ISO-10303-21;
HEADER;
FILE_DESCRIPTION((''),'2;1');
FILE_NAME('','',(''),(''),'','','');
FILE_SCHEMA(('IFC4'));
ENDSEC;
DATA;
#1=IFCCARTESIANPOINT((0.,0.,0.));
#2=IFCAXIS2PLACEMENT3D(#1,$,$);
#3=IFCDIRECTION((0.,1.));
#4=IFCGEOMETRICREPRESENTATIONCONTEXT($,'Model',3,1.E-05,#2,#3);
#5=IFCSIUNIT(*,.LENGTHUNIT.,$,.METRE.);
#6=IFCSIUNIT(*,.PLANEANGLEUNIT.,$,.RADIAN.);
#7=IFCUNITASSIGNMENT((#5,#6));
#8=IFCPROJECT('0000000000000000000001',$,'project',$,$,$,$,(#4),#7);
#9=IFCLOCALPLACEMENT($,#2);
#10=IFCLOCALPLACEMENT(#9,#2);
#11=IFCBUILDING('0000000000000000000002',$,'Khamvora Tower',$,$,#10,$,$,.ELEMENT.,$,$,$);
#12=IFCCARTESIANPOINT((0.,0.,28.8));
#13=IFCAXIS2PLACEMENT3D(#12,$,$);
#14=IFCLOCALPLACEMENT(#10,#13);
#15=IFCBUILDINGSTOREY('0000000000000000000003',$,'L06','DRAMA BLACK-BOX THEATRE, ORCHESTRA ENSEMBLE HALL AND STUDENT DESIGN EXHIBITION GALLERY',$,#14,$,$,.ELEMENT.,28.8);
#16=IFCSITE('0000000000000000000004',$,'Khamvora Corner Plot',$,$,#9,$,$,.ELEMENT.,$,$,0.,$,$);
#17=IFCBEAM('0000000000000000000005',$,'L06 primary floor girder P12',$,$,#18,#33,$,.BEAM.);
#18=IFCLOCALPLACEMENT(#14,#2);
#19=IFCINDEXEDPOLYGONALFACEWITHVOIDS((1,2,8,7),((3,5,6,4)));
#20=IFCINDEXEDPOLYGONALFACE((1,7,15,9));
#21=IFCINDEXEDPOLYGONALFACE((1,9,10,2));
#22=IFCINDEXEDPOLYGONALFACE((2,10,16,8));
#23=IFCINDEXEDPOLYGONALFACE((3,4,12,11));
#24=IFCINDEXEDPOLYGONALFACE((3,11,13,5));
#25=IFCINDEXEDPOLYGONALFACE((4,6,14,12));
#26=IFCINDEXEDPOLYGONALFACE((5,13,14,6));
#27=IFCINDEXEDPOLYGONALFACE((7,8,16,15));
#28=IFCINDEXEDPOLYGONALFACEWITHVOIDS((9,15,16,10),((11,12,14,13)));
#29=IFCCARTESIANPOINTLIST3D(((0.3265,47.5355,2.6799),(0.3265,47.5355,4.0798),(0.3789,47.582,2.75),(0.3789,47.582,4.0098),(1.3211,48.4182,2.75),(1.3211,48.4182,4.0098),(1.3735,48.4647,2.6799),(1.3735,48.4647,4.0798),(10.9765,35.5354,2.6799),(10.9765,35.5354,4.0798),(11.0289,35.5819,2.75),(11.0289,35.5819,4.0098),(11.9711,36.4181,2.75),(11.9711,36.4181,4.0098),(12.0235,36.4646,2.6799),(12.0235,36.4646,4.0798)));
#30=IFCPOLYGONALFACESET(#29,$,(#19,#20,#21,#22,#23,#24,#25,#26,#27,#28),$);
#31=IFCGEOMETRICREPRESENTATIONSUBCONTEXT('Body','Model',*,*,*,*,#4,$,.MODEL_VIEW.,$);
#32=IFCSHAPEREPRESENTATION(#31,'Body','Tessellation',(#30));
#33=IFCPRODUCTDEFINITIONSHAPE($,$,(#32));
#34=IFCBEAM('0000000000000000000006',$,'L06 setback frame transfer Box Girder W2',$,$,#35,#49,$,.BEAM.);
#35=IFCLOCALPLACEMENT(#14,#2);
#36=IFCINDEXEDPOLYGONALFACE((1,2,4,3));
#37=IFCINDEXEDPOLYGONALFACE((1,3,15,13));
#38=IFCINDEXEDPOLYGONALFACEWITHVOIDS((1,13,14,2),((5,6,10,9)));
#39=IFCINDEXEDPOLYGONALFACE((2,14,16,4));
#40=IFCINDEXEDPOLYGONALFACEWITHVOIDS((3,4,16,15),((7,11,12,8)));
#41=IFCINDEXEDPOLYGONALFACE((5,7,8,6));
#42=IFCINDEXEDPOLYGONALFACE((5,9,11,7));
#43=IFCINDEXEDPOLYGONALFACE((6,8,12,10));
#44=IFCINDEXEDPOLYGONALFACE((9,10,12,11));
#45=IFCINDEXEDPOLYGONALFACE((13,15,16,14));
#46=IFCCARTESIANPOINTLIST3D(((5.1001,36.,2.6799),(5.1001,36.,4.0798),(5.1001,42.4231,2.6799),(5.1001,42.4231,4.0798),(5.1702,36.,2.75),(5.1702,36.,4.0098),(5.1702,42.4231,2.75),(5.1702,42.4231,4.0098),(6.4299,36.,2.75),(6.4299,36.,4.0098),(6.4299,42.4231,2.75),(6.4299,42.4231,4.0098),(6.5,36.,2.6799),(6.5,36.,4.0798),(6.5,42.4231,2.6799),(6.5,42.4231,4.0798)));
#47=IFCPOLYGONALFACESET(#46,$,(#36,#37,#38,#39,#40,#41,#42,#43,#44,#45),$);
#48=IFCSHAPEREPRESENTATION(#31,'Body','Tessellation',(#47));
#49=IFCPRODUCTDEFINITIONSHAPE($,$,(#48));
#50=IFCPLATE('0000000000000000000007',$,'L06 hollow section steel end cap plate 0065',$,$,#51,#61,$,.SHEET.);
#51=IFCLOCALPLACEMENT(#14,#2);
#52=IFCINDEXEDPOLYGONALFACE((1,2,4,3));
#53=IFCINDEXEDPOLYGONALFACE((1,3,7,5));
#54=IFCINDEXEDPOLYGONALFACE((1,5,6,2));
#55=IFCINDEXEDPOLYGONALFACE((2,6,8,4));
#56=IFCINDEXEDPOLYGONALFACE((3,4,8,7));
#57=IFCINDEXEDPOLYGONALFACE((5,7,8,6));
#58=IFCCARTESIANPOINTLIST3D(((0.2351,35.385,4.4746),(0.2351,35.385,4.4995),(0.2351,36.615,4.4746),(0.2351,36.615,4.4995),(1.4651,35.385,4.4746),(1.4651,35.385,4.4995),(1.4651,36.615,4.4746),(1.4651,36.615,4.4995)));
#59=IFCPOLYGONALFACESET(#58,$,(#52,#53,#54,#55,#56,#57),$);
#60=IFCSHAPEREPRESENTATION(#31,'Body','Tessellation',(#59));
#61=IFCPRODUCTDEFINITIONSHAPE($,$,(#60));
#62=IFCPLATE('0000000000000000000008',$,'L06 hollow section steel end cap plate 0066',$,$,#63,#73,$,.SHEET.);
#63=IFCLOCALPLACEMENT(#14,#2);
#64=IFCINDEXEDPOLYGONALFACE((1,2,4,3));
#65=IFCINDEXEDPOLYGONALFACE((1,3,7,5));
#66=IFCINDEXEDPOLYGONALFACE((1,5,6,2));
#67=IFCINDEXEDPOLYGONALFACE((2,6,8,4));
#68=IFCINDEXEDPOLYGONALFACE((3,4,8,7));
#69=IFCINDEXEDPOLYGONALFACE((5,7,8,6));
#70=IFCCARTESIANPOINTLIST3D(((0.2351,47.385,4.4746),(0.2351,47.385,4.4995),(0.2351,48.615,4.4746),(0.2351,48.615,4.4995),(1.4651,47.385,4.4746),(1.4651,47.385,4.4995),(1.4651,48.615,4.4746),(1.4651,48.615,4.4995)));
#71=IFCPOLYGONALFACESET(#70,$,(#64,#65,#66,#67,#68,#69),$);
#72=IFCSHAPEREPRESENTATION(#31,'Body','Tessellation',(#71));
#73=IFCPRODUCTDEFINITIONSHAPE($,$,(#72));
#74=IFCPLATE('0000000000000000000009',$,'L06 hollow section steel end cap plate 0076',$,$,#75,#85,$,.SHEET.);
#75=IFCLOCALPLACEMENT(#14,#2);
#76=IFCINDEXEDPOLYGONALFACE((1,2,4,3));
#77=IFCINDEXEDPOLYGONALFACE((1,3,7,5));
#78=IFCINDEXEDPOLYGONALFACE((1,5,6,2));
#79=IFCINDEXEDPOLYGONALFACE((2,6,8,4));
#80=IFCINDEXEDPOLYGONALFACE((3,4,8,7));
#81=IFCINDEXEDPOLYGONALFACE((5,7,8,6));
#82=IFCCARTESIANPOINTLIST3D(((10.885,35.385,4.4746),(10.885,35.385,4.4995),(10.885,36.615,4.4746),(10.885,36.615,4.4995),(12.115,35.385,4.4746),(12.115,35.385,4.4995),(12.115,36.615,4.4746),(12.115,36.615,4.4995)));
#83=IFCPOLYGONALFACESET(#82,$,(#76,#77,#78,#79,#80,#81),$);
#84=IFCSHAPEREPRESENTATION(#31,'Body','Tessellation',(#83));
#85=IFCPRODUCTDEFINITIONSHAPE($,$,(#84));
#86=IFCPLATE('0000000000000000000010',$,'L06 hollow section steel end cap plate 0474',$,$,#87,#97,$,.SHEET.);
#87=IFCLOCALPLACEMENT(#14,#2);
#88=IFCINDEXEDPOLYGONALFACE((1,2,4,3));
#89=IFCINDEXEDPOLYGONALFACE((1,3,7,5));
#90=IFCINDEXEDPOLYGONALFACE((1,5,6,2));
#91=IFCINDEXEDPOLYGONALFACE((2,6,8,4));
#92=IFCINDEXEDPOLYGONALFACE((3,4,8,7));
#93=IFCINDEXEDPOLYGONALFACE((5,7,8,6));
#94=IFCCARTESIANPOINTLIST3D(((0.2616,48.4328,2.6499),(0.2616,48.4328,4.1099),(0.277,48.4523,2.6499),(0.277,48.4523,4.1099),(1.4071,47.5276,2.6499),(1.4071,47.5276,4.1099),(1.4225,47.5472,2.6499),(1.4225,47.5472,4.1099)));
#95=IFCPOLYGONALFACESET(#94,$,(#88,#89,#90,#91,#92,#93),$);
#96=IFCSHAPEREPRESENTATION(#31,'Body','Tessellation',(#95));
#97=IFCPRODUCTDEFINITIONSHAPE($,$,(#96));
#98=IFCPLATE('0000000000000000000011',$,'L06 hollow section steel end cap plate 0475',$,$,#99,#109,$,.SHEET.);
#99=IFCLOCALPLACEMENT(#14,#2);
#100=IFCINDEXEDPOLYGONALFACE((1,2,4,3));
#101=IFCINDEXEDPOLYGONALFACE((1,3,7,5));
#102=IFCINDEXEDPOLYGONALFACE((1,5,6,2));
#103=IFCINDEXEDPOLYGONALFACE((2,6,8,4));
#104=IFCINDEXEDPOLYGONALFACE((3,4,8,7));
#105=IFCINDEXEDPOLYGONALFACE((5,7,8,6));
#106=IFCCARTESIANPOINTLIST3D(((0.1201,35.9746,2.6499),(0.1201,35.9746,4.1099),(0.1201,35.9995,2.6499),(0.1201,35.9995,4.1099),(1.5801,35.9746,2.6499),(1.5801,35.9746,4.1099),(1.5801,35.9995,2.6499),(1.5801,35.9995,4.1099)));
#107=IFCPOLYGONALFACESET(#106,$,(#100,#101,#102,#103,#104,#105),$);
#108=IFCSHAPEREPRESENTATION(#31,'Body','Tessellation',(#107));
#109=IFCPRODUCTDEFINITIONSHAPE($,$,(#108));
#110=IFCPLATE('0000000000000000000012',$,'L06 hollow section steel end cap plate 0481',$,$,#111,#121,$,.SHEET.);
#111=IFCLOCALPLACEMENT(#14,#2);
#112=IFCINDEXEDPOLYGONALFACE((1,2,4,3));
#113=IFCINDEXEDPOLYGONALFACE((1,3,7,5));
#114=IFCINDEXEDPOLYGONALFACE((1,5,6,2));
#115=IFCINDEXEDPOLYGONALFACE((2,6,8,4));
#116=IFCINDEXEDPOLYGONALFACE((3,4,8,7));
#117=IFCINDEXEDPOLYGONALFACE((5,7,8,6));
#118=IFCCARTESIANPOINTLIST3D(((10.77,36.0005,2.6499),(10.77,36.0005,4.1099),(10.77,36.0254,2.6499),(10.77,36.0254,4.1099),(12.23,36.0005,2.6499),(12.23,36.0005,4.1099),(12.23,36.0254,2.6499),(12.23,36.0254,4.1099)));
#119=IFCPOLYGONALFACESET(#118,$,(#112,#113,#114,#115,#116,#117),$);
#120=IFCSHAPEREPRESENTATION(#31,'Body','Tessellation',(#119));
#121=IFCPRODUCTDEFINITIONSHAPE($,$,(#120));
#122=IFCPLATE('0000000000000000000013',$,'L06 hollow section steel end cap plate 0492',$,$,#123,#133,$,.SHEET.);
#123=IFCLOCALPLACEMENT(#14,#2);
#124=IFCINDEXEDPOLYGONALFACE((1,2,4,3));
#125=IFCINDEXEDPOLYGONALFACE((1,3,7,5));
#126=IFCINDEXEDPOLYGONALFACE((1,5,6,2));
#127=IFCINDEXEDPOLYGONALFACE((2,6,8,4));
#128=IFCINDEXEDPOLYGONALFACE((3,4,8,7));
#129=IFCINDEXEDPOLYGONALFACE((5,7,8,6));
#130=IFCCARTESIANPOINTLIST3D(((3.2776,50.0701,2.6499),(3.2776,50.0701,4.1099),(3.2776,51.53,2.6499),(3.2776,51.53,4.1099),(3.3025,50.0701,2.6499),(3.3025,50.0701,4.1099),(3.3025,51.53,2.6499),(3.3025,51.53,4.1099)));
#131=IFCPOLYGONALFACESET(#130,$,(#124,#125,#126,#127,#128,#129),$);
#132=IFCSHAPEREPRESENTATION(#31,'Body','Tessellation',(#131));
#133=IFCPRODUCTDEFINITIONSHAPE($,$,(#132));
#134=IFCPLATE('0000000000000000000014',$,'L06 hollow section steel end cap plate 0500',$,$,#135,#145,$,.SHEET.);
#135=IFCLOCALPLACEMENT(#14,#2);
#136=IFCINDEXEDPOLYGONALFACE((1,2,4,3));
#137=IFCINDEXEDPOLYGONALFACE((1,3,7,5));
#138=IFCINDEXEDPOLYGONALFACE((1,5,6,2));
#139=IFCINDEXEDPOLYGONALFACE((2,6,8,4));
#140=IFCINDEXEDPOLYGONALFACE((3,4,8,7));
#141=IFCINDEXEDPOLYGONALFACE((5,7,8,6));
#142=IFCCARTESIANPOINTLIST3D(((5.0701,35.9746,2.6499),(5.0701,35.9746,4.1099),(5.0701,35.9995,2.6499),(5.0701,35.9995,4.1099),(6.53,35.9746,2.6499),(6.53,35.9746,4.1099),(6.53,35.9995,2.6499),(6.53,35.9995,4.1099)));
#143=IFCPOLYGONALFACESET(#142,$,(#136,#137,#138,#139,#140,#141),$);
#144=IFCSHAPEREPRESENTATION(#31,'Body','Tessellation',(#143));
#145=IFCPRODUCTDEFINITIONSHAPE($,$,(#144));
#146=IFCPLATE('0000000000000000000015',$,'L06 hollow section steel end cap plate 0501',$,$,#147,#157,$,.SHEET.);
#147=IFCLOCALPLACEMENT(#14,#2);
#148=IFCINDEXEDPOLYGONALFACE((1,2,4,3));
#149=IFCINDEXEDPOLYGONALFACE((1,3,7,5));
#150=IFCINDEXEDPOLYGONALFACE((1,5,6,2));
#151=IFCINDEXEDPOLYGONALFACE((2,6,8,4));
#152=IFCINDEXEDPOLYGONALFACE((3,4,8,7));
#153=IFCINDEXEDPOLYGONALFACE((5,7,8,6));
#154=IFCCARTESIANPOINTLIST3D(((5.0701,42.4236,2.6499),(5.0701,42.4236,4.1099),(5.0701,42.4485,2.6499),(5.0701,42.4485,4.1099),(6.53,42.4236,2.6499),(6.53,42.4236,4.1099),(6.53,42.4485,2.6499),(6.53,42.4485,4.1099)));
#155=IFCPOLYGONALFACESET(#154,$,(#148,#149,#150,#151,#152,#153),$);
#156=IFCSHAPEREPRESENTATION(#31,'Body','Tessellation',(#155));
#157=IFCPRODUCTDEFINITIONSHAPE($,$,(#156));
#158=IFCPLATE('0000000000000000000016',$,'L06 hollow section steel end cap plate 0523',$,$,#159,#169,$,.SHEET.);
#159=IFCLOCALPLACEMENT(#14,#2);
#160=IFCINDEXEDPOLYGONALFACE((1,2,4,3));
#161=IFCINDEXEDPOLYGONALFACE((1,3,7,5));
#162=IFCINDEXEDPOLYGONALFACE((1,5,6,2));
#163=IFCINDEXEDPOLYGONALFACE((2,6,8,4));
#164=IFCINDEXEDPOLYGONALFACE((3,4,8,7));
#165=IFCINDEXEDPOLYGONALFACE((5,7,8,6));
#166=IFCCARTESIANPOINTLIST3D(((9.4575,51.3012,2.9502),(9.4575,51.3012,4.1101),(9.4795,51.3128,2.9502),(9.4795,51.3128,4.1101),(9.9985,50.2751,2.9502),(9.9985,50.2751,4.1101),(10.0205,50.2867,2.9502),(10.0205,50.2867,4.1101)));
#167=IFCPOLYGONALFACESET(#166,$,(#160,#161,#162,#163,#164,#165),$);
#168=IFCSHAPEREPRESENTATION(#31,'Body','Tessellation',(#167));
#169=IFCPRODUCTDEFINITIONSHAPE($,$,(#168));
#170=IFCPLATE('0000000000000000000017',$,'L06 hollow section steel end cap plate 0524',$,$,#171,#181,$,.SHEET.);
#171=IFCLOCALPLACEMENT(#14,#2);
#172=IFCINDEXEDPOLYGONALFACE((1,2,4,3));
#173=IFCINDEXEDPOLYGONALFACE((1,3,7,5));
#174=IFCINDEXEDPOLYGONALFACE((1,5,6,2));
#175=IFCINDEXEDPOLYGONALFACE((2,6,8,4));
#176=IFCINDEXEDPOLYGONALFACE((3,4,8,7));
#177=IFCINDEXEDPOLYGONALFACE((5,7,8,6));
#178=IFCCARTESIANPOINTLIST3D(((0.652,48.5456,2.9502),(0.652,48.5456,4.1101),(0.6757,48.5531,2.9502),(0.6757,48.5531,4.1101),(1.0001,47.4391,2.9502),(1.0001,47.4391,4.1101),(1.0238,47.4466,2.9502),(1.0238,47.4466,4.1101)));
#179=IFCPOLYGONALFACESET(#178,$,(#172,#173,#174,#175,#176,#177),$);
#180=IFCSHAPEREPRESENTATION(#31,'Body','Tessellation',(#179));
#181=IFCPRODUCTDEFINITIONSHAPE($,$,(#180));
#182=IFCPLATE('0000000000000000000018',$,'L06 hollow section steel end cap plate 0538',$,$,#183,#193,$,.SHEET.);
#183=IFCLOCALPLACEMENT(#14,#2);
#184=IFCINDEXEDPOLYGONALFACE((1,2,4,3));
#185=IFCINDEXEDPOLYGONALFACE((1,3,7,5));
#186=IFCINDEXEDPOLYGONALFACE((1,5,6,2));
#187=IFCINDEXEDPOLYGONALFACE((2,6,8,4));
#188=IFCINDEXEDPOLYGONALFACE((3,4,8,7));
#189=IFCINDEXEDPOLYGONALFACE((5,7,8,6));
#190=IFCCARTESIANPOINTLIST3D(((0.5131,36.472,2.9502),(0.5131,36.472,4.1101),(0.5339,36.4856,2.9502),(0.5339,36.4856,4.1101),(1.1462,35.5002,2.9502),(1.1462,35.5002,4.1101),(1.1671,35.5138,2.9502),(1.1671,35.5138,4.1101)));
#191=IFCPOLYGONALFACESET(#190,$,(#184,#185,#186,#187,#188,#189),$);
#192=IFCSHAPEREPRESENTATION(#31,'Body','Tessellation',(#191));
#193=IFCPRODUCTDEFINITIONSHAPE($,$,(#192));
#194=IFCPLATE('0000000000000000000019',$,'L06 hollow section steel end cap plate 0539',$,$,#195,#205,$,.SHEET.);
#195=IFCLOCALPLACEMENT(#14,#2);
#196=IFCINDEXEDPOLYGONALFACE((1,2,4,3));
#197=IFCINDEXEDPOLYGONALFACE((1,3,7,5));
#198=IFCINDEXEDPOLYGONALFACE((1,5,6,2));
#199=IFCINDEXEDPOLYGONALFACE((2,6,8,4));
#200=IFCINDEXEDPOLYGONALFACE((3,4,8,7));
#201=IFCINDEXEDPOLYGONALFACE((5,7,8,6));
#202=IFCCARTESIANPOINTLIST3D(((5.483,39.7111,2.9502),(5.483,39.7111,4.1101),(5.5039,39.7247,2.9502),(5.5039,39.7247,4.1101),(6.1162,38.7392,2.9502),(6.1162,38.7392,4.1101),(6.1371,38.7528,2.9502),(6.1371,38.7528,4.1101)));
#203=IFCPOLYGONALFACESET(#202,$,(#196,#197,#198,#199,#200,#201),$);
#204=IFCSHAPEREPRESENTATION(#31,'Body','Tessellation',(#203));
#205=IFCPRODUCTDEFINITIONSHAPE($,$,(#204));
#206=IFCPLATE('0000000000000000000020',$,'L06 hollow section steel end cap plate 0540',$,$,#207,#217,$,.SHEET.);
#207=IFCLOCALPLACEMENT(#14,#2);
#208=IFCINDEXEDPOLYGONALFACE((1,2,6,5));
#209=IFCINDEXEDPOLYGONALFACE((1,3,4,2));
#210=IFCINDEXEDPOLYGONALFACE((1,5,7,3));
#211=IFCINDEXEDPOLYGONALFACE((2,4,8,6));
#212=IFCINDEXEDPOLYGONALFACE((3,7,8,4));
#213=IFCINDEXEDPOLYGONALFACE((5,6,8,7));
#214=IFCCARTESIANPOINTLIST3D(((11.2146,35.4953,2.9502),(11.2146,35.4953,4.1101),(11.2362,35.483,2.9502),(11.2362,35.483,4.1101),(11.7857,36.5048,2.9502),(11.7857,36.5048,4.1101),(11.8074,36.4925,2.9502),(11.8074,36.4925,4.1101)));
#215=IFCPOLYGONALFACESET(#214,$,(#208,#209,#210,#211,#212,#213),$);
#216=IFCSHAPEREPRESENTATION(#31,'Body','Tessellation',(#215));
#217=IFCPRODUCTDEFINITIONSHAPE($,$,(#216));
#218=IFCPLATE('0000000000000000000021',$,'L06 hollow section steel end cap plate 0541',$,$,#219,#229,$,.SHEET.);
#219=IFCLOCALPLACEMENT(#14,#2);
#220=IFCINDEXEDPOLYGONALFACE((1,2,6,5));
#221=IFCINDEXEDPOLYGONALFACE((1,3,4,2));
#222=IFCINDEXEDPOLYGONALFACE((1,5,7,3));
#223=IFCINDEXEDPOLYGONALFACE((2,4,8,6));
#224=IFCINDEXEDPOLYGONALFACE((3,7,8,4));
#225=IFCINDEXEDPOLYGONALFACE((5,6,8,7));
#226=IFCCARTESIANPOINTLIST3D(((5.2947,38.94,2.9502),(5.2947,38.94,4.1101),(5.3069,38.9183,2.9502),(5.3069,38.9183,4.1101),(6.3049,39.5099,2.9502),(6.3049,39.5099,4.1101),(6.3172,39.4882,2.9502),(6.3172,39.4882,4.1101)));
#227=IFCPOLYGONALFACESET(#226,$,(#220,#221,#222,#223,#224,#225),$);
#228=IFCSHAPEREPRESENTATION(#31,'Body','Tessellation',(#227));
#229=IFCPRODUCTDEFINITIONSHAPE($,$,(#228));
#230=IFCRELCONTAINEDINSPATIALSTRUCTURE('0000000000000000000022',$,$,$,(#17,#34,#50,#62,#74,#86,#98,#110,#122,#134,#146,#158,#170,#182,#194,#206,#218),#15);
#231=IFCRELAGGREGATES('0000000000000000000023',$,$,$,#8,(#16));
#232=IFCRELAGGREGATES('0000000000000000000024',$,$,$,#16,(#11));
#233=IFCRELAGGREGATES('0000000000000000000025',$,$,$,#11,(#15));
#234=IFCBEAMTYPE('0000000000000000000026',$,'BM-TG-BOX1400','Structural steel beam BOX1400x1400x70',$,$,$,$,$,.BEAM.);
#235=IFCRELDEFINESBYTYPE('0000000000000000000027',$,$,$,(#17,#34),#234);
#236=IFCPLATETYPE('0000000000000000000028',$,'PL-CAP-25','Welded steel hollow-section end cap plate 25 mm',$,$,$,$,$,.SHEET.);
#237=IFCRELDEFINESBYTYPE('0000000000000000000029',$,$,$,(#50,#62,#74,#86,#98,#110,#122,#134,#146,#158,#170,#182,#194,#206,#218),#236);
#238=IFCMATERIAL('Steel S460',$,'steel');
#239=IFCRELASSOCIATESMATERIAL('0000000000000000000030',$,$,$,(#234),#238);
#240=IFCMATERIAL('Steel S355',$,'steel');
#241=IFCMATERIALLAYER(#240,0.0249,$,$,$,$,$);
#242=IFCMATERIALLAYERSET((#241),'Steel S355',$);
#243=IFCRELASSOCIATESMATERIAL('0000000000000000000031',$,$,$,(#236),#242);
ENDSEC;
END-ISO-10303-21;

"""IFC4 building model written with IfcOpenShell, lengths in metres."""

from ifc_helpers import new_model, si_unit, direction, frame, origin, origin_2d, place, context, subcontext, project, spatial, rectangle, hollow_rectangle, extrude, material, layer, layer_set, material_profile, profile_set, type_object, element, save


model = new_model("IFC4")

# Units and contexts
model_context = context("Model", 3, precision=1e-05, world=origin(), true_north=direction((0.0, 1.0)))
body_context = subcontext(model_context, "Body", "Model", "MODEL_VIEW")
ifc_project = project(units=[si_unit("LENGTHUNIT", "METRE"), si_unit("PLANEANGLEUNIT", "RADIAN")], contexts=[model_context])

# Site, building, storey
site_placement = place(None, origin())
site = spatial("IfcSite", under=ifc_project, at=site_placement, Name="Khamvora Corner Plot", CompositionType="ELEMENT", RefElevation=0.0)
building_placement = place(site_placement, origin())
building = spatial("IfcBuilding", under=site, at=building_placement, Name="Khamvora Tower", CompositionType="ELEMENT")
storey_placement = place(building_placement, frame((0.0, 0.0, 28.8)))
storey = spatial("IfcBuildingStorey", under=building, at=storey_placement, Name="L06", Description="DRAMA BLACK-BOX THEATRE, ORCHESTRA ENSEMBLE HALL AND STUDENT DESIGN EXHIBITION GALLERY", CompositionType="ELEMENT", Elevation=28.8)

# Shared definitions
ifc_material_1 = material(Name="Steel S460", Category="steel")

# Beams
ifc_material_profile_1 = material_profile(ifc_material_1, hollow_rectangle(XDim=1.3999, YDim=1.3999, WallThickness=0.0701, at=origin_2d()), Name="BOX1400x1400x70")
ifc_profile_set_1 = profile_set([ifc_material_profile_1], Name="Steel S460")
beam_type_1 = type_object("IfcBeamType", Name="BM-TG-BOX1400", Description="Structural steel beam BOX1400x1400x70", PredefinedType="BEAM", material=ifc_profile_set_1)
beam_1_placement = place(storey_placement, frame((11.5, 36.0, 3.3799), z_axis=(-0.66378, 0.747928, 0.0), x_axis=(-0.747928, -0.66378, 0.0)))
element("IfcBeam", 1, at=beam_1_placement, inside=storey, type_object=beam_type_1, Name="L06 primary floor girder P12", PredefinedType="BEAM", context=body_context, shape_type="SweptSolid", body=[
    extrude(hollow_rectangle(XDim=1.3999, YDim=1.3999, WallThickness=0.0701, at=origin_2d()), origin(), (0.0, 0.0, 1.0), 16.0444),
])
beam_2_placement = place(storey_placement, frame((5.8, 36.0, 3.3799), z_axis=(0.0, 1.0, 0.0), x_axis=(-1.0, 0.0, 0.0)))
element("IfcBeam", 2, at=beam_2_placement, inside=storey, type_object=beam_type_1, Name="L06 setback frame transfer Box Girder W2", PredefinedType="BEAM", context=body_context, shape_type="SweptSolid", body=[
    extrude(hollow_rectangle(XDim=1.3999, YDim=1.3999, WallThickness=0.0701, at=origin_2d()), origin(), (0.0, 0.0, 1.0), 6.4231),
])

# Plates
ifc_material_2 = material(Name="Steel S355", Category="steel")
ifc_layer_1 = layer(ifc_material_2, 0.0249)
ifc_layer_set_1 = layer_set([ifc_layer_1], Name="Steel S355")
plate_type = type_object("IfcPlateType", Name="PL-CAP-25", Description="Welded steel hollow-section end cap plate 25 mm", PredefinedType="SHEET", material=ifc_layer_set_1)
for number, where, z_axis, x_axis, name in (
    (3, (0.8501, 36.0, 4.4746), (0.0, 0.0, 1.0), (1.0, 0.0, 0.0), "L06 hollow section steel end cap plate 0065"),
    (4, (0.8501, 48.0, 4.4746), (0.0, 0.0, 1.0), (1.0, 0.0, 0.0), "L06 hollow section steel end cap plate 0066"),
    (5, (11.5, 36.0, 4.4746), (0.0, 0.0, 1.0), (1.0, 0.0, 0.0), "L06 hollow section steel end cap plate 0076"),
):
    element("IfcPlate", number, at=place(storey_placement, frame(where, z_axis=z_axis, x_axis=x_axis)), inside=storey, type_object=plate_type, Name=name, PredefinedType="SHEET", context=body_context, shape_type="SweptSolid", body=[
        extrude(rectangle(XDim=1.23, YDim=1.23, at=origin_2d()), origin(), (0.0, 0.0, 1.0), 0.0249),
    ])
for number, where, z_axis, x_axis, name in (
    (6, (0.842, 47.99, 2.6499), (0.0, 0.0, 1.0), (-0.619998, -0.784603, 0.0), "L06 hollow section steel end cap plate 0474"),
    (7, (0.8501, 35.9871, 2.6499), (0.0, 0.0, 1.0), (0.0, -1.0, 0.0), "L06 hollow section steel end cap plate 0475"),
    (8, (11.5, 36.0129, 2.6499), (0.0, 0.0, 1.0), (0.0, 1.0, 0.0), "L06 hollow section steel end cap plate 0481"),
    (9, (3.29, 50.8, 2.6499), (0.0, 0.0, 1.0), (1.0, 0.0, 0.0), "L06 hollow section steel end cap plate 0492"),
    (10, (5.8, 35.9871, 2.6499), (0.0, 0.0, 1.0), (0.0, 1.0, 0.0), "L06 hollow section steel end cap plate 0500"),
    (11, (5.8, 42.436, 2.6499), (0.0, 0.0, 1.0), (0.0, 1.0, 0.0), "L06 hollow section steel end cap plate 0501"),
):
    element("IfcPlate", number, at=place(storey_placement, frame(where, z_axis=z_axis, x_axis=x_axis)), inside=storey, type_object=plate_type, Name=name, PredefinedType="SHEET", context=body_context, shape_type="SweptSolid", body=[
        extrude(rectangle(XDim=0.0249, YDim=1.46, at=origin_2d()), origin(), (0.0, 0.0, 1.0), 1.46),
    ])
for number, where, z_axis, x_axis, name in (
    (12, (9.739, 50.7939, 2.9502), (0.0, 0.0, 1.0), (-0.884573, -0.466402, 0.0), "L06 hollow section steel end cap plate 0523"),
    (13, (0.8379, 47.9961, 2.9502), (0.0, 0.0, 1.0), (0.953906, 0.300107, 0.0), "L06 hollow section steel end cap plate 0524"),
    (14, (0.8401, 35.9929, 2.9502), (0.0, 0.0, 1.0), (0.837862, 0.545883, 0.0), "L06 hollow section steel end cap plate 0538"),
    (15, (5.8101, 39.2319, 2.9502), (0.0, 0.0, 1.0), (0.837862, 0.545883, 0.0), "L06 hollow section steel end cap plate 0539"),
    (16, (11.511, 35.9939, 2.9502), (0.0, 0.0, 1.0), (-0.870347, 0.492439, 0.0), "L06 hollow section steel end cap plate 0540"),
    (17, (5.8059, 39.2141, 2.9502), (0.0, 0.0, 1.0), (0.491314, -0.870982, 0.0), "L06 hollow section steel end cap plate 0541"),
):
    element("IfcPlate", number, at=place(storey_placement, frame(where, z_axis=z_axis, x_axis=x_axis)), inside=storey, type_object=plate_type, Name=name, PredefinedType="SHEET", context=body_context, shape_type="SweptSolid", body=[
        extrude(rectangle(XDim=0.0249, YDim=1.1599, at=origin_2d()), origin(), (0.0, 0.0, 1.0), 1.1599),
    ])

save(model, "model.ifc")
